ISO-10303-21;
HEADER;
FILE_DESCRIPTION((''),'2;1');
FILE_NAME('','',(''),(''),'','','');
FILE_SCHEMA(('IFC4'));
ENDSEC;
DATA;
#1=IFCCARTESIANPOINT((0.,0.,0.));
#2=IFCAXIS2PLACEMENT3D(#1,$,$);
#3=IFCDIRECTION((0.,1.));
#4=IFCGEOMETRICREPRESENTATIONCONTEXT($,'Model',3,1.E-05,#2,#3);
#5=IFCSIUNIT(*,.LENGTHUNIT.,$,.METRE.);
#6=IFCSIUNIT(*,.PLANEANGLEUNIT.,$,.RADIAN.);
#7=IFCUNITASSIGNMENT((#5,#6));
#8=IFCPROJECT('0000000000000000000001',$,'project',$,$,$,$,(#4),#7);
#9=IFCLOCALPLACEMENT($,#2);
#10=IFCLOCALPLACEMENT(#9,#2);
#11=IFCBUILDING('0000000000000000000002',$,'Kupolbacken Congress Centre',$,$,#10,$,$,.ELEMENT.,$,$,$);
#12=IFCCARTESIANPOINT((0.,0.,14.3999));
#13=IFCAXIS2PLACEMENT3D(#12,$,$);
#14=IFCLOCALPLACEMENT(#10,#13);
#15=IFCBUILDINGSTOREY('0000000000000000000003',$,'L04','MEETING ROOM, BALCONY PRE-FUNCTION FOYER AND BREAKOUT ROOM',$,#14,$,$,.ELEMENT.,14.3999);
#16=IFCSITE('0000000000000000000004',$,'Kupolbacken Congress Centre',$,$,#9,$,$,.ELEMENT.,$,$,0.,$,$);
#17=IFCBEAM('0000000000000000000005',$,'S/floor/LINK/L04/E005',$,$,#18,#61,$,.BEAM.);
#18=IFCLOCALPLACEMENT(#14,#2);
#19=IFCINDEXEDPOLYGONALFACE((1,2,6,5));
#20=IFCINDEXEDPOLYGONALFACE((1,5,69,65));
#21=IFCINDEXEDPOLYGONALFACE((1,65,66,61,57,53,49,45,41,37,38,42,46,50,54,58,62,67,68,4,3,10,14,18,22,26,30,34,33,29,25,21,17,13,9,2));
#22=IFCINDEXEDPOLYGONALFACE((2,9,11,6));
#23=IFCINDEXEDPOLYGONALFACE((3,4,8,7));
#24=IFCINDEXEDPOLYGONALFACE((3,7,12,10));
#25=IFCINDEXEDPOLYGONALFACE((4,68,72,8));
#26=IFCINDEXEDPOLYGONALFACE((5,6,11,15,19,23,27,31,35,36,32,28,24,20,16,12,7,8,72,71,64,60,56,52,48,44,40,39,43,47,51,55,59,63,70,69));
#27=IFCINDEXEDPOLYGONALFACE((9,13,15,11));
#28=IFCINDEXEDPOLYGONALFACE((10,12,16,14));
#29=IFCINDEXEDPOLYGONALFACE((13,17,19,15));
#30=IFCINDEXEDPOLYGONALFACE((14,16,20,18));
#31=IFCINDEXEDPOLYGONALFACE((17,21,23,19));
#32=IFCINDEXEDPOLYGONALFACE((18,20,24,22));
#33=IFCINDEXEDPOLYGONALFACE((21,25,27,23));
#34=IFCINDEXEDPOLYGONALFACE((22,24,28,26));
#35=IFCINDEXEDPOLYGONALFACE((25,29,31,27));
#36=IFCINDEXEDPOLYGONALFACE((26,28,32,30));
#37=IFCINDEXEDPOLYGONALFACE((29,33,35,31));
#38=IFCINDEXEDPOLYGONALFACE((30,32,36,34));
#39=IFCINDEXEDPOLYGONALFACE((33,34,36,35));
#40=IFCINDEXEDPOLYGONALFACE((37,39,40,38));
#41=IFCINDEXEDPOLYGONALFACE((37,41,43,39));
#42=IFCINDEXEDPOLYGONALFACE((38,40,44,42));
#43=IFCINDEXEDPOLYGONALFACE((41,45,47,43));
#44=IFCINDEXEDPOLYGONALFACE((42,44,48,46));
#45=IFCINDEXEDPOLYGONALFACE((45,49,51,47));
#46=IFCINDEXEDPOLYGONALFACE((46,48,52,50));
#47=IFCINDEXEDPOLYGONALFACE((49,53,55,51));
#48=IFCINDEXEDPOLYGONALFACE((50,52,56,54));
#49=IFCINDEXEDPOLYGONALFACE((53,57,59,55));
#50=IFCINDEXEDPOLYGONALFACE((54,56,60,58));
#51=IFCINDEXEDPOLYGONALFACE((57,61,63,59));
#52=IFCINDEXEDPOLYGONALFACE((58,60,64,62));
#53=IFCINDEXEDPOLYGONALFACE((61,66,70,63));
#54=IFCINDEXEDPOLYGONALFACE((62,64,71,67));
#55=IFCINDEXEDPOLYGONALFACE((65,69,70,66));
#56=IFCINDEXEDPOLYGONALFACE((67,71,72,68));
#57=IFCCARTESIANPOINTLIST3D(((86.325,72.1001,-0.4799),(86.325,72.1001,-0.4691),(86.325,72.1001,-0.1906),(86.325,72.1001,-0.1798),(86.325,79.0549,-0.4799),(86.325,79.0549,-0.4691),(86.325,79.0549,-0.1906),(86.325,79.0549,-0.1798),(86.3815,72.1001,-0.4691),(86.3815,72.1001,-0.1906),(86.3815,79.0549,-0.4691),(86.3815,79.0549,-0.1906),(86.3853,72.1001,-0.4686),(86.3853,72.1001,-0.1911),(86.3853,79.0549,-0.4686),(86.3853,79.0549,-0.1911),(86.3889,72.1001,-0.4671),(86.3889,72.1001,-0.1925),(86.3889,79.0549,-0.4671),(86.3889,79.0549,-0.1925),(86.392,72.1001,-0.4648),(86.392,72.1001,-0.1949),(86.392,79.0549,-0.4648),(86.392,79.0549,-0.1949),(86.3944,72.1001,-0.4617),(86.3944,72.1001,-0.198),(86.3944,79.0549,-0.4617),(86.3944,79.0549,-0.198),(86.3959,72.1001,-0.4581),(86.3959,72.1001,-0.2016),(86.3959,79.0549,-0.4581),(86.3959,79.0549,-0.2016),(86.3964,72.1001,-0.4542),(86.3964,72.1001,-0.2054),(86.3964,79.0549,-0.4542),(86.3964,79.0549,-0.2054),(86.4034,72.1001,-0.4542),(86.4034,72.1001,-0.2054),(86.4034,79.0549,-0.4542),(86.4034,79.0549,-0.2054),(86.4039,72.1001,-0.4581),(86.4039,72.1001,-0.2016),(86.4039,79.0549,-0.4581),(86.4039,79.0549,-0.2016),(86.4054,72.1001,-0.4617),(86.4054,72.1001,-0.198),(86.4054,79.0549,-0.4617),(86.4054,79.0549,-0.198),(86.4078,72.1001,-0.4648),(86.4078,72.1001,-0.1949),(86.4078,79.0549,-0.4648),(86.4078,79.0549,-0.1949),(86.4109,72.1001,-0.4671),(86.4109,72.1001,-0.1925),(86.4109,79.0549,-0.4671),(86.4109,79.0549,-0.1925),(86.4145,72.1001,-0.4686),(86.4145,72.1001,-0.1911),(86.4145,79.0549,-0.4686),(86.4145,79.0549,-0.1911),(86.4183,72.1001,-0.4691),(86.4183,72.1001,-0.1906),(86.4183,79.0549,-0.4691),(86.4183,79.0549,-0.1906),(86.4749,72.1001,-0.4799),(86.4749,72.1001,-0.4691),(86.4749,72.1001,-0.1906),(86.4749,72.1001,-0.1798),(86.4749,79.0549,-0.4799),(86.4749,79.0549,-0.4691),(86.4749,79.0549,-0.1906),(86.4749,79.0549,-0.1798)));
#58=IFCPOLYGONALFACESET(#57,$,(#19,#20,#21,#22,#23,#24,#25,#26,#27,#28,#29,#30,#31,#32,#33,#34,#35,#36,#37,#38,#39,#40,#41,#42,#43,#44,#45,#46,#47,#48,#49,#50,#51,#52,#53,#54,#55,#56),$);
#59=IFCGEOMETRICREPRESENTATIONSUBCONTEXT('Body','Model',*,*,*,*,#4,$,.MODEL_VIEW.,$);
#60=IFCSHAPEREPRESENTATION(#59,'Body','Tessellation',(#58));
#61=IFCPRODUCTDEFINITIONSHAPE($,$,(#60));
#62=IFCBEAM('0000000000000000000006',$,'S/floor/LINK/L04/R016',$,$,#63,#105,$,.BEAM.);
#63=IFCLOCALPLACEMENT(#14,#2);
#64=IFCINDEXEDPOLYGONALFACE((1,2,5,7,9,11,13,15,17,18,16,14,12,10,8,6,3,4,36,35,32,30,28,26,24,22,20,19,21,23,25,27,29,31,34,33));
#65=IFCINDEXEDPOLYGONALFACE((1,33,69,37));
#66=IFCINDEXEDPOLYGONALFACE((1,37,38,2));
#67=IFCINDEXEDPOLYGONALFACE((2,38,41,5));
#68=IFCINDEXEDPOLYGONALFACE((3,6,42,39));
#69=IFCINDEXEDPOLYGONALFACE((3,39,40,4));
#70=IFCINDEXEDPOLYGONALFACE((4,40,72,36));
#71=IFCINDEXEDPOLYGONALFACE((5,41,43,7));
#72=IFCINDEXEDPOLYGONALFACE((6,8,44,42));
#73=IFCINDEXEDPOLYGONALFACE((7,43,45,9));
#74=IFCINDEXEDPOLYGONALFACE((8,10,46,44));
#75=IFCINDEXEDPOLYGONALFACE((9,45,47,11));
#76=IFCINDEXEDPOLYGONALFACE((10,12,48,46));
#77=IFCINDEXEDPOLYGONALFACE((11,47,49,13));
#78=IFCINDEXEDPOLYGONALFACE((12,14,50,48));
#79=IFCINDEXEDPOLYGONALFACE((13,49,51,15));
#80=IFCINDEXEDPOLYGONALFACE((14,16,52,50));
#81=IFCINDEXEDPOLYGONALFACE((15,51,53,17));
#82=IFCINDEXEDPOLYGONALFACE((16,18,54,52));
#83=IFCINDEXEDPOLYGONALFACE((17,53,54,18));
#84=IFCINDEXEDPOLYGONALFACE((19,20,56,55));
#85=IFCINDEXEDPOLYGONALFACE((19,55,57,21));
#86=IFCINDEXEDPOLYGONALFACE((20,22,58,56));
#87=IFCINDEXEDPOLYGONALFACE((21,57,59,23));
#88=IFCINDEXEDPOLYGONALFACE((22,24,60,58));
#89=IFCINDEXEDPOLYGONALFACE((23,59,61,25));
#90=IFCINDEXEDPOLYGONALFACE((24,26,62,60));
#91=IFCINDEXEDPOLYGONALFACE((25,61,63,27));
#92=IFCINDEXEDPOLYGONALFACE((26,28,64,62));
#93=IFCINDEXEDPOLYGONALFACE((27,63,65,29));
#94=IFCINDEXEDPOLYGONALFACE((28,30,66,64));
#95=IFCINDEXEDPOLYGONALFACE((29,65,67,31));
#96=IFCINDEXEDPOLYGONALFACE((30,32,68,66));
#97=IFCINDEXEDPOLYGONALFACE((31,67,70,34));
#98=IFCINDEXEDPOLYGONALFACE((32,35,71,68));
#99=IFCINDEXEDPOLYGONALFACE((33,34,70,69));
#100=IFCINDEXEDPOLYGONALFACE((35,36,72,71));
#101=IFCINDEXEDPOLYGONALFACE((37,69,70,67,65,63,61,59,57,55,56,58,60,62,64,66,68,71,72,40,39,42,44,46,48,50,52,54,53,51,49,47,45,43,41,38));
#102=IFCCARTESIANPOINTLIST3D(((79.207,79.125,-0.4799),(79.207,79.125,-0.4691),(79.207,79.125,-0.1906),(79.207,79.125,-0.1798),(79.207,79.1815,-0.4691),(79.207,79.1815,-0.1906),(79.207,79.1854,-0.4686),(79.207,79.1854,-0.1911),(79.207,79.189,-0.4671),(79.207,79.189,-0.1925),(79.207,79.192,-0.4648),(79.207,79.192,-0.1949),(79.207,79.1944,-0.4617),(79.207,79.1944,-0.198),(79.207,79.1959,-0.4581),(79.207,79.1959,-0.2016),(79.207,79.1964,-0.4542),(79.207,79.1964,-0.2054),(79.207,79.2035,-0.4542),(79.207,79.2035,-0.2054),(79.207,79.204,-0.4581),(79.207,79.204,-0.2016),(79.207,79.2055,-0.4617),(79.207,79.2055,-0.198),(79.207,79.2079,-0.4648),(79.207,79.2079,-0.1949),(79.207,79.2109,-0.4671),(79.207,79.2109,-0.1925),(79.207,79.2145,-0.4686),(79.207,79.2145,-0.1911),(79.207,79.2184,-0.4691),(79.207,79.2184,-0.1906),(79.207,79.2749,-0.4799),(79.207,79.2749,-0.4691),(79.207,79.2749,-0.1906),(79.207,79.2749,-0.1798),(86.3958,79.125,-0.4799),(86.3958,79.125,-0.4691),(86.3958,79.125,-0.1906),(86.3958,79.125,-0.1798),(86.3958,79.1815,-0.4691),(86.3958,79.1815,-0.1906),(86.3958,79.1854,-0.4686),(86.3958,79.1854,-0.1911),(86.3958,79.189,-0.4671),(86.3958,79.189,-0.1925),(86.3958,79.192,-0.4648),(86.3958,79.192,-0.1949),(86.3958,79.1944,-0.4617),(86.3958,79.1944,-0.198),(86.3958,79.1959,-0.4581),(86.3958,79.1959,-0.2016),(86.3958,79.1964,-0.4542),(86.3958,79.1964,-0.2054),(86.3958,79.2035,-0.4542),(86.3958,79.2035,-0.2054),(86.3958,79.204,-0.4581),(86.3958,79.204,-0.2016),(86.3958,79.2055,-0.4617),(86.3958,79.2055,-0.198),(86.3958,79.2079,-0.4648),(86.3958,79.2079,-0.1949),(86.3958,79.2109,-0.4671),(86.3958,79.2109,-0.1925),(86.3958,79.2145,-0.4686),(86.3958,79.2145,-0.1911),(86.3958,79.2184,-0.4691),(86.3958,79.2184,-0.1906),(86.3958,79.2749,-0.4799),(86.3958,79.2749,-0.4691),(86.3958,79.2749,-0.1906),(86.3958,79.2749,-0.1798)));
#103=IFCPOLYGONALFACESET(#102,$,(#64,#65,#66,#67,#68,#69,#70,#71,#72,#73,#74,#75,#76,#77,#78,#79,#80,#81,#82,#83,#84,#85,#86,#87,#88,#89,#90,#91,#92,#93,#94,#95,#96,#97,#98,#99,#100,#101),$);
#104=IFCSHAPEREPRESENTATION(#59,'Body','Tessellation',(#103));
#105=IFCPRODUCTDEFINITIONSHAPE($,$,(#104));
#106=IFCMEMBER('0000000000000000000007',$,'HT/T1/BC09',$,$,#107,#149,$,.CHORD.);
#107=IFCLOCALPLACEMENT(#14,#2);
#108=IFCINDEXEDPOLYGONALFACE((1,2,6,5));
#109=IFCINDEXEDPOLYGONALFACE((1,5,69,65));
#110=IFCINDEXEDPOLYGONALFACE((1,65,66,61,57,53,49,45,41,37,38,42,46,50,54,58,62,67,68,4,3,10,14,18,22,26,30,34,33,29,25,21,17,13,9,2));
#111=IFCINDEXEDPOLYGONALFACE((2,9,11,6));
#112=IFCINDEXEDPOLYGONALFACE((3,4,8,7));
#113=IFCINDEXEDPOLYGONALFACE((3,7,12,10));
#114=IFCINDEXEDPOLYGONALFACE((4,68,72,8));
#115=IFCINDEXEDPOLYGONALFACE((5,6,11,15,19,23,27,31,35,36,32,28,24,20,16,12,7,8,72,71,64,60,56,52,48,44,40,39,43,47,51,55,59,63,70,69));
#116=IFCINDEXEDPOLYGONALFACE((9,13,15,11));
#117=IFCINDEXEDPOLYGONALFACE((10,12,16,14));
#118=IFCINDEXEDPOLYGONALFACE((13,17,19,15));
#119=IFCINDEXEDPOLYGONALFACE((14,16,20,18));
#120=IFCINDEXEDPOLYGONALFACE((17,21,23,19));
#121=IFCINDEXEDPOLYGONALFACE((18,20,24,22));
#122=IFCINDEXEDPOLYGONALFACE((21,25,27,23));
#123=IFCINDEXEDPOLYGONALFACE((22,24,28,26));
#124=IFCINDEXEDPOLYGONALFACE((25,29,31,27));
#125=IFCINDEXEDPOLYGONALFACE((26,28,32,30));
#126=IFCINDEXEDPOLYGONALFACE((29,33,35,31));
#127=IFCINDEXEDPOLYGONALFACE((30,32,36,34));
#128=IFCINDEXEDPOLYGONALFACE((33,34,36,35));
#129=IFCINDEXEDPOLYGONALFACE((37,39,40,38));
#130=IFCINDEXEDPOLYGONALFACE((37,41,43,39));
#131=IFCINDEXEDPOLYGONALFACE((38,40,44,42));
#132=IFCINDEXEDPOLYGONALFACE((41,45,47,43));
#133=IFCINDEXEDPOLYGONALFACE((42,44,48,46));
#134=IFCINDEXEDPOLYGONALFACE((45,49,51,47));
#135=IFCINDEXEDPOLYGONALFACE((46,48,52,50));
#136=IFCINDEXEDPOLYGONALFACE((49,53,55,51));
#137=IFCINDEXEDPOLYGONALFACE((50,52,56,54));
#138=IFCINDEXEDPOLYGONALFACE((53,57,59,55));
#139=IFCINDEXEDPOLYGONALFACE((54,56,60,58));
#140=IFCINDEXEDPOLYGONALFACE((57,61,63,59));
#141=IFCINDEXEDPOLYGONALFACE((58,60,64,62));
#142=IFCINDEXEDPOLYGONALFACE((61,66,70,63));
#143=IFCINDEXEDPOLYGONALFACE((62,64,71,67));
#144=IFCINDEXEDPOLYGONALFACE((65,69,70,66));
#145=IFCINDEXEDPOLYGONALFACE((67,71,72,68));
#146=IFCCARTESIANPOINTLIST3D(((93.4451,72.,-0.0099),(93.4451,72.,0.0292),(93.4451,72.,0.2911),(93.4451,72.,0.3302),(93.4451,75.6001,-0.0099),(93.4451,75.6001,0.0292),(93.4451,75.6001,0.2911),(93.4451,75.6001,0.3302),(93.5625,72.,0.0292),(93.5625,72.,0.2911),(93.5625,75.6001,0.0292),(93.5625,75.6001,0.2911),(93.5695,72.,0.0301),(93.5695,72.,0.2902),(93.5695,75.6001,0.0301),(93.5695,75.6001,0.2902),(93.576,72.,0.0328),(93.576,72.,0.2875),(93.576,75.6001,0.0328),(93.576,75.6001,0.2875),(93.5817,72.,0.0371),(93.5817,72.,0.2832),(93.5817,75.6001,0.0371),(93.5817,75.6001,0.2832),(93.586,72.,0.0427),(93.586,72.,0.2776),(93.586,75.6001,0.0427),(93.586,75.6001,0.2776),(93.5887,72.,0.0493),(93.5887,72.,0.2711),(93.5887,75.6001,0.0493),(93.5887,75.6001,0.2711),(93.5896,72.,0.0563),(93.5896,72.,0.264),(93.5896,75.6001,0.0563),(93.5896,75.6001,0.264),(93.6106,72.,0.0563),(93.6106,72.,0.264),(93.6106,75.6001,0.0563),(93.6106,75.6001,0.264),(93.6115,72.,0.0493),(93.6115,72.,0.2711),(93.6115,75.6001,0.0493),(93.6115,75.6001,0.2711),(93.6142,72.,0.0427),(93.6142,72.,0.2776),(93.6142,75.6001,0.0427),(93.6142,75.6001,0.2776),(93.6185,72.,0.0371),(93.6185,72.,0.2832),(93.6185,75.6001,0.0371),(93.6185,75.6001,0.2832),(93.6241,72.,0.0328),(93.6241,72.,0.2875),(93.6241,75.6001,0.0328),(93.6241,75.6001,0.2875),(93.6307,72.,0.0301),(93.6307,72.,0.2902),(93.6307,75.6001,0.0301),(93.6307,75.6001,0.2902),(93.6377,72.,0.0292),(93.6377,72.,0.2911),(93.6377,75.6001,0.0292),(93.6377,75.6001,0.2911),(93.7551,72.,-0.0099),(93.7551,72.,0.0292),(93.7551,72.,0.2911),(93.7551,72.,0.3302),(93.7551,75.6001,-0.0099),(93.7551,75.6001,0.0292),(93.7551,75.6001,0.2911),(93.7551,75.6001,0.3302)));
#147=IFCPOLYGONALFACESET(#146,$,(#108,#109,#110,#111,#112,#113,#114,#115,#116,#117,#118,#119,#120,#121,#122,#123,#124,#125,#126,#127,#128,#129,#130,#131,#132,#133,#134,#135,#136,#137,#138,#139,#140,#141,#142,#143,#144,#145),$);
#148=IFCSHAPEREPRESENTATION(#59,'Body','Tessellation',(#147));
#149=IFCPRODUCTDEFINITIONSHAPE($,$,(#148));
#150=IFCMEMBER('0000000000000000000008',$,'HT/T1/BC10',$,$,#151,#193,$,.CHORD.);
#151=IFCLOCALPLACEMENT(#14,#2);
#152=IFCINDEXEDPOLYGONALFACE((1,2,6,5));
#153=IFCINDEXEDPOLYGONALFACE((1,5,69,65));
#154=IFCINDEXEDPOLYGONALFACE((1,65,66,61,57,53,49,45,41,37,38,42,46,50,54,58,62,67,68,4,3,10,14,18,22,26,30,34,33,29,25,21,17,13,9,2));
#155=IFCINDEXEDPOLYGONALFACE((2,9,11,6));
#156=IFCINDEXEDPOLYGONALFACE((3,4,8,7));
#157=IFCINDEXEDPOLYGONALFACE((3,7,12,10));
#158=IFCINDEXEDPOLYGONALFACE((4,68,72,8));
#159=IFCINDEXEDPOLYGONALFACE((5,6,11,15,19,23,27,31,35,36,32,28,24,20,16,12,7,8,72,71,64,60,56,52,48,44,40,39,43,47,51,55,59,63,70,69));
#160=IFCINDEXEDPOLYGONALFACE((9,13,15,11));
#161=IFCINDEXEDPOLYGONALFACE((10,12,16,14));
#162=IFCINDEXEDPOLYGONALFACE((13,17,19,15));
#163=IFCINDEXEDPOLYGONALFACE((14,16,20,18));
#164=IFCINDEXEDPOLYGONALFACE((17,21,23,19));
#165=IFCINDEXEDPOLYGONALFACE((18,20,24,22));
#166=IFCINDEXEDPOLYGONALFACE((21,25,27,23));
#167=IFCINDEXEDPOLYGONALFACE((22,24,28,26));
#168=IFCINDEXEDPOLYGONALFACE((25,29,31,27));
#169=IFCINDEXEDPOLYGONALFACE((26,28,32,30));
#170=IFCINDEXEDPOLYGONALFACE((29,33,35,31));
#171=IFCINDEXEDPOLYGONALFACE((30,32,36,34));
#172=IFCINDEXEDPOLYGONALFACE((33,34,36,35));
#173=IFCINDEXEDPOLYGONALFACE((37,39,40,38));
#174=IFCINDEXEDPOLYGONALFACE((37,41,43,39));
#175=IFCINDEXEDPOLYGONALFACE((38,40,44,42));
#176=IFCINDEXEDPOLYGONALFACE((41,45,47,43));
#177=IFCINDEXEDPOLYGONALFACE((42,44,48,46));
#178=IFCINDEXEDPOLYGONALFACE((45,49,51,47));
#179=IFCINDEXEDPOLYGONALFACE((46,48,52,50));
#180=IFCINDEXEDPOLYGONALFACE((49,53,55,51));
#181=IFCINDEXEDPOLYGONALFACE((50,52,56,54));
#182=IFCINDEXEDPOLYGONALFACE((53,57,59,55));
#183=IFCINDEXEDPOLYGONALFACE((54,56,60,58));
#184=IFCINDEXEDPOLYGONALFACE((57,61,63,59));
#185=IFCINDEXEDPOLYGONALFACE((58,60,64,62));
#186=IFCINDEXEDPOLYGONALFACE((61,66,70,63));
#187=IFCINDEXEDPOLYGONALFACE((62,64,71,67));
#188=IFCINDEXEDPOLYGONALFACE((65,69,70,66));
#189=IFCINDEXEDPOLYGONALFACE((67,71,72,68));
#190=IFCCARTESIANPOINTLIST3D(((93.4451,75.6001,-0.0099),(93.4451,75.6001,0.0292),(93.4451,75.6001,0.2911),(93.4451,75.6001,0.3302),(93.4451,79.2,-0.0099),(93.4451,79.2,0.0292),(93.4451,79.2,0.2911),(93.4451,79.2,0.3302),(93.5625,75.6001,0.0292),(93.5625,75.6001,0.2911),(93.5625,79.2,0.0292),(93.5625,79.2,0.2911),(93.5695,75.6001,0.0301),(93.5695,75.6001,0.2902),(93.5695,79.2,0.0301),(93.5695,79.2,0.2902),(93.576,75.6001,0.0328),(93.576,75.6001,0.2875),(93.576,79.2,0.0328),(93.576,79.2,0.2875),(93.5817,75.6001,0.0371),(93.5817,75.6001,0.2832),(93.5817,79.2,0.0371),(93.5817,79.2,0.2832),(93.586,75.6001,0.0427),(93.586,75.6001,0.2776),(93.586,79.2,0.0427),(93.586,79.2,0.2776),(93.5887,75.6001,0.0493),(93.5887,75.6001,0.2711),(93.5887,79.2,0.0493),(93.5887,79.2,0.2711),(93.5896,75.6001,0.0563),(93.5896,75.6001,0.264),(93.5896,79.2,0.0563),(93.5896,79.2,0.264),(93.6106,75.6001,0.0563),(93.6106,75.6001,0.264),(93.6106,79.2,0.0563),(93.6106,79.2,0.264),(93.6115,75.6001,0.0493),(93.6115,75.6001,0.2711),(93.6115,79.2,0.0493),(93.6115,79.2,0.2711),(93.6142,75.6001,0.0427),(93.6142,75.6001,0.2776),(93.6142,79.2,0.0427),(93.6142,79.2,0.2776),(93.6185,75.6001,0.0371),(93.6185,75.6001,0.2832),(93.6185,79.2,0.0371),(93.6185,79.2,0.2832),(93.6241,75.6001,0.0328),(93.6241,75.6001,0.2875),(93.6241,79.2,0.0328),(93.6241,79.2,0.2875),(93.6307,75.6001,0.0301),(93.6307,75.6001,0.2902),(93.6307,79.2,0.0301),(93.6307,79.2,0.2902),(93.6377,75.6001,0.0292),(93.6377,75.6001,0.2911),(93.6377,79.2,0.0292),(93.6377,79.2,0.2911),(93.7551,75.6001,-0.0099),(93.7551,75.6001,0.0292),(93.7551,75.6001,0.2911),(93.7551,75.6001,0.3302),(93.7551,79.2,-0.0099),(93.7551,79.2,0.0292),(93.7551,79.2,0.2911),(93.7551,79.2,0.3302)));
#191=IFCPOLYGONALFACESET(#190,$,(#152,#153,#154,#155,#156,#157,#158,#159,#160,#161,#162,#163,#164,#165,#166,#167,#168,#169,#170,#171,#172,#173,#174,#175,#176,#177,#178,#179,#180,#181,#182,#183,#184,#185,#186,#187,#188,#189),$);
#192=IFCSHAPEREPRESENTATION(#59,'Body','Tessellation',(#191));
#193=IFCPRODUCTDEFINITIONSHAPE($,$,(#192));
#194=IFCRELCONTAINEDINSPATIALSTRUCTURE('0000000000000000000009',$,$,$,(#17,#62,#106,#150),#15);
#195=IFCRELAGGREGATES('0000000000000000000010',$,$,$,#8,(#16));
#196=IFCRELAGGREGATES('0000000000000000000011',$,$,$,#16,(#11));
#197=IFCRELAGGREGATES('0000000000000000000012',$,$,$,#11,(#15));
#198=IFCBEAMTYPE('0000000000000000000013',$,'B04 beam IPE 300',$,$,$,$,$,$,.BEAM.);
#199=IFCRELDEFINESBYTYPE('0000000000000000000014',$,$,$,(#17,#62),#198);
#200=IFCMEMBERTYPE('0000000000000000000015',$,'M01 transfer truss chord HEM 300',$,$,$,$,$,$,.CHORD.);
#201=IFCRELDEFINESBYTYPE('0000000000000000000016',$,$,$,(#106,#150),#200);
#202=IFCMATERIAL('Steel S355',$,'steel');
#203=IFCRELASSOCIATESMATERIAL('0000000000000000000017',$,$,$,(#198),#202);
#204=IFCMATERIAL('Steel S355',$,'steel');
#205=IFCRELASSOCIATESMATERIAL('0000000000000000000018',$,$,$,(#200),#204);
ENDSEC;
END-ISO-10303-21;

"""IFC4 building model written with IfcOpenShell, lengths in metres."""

from ifc_helpers import new_model, si_unit, direction, frame, origin, origin_2d, place, context, subcontext, project, spatial, i_section, extrude, material, material_profile, profile_set, type_object, element, save


model = new_model("IFC4")

# Units and contexts
model_context = context("Model", 3, precision=1e-05, world=origin(), true_north=direction((0.0, 1.0)))
body_context = subcontext(model_context, "Body", "Model", "MODEL_VIEW")
ifc_project = project(units=[si_unit("LENGTHUNIT", "METRE"), si_unit("PLANEANGLEUNIT", "RADIAN")], contexts=[model_context])

# Site, building, storey
site_placement = place(None, origin())
site = spatial("IfcSite", under=ifc_project, at=site_placement, Name="Kupolbacken Congress Centre", CompositionType="ELEMENT", RefElevation=0.0)
building_placement = place(site_placement, origin())
building = spatial("IfcBuilding", under=site, at=building_placement, Name="Kupolbacken Congress Centre", CompositionType="ELEMENT")
storey_placement = place(building_placement, frame((0.0, 0.0, 14.3999)))
storey = spatial("IfcBuildingStorey", under=building, at=storey_placement, Name="L04", Description="MEETING ROOM, BALCONY PRE-FUNCTION FOYER AND BREAKOUT ROOM", CompositionType="ELEMENT", Elevation=14.3999)

# Beams
ifc_material_1 = material(Name="Steel S355", Category="steel")
ifc_material_profile_1 = material_profile(ifc_material_1, i_section(OverallWidth=0.1499, OverallDepth=0.3, WebThickness=0.0071, FlangeThickness=0.0107, FilletRadius=0.0149, at=origin_2d()), Name="IPE 300")
ifc_profile_set_1 = profile_set([ifc_material_profile_1], Name="Steel S355")
beam_type_1 = type_object("IfcBeamType", Name="B04 beam IPE 300", PredefinedType="BEAM", material=ifc_profile_set_1)
beam_1_placement = place(storey_placement, frame((86.3999, 72.1001, -0.3298), z_axis=(0.0, 1.0, 0.0), x_axis=(-1.0, 0.0, 0.0)))
element("IfcBeam", 1, at=beam_1_placement, inside=storey, type_object=beam_type_1, Name="S/floor/LINK/L04/E005", PredefinedType="BEAM", context=body_context, shape_type="SweptSolid", body=[
    extrude(i_section(OverallWidth=0.1499, OverallDepth=0.3, WebThickness=0.0071, FlangeThickness=0.0107, FilletRadius=0.0149, at=origin_2d()), origin(), (0.0, 0.0, 1.0), 6.9548),
])
beam_2_placement = place(storey_placement, frame((79.207, 79.2, -0.3298), z_axis=(1.0, 0.0, 0.0), x_axis=(0.0, 1.0, 0.0)))
element("IfcBeam", 2, at=beam_2_placement, inside=storey, type_object=beam_type_1, Name="S/floor/LINK/L04/R016", PredefinedType="BEAM", context=body_context, shape_type="SweptSolid", body=[
    extrude(i_section(OverallWidth=0.1499, OverallDepth=0.3, WebThickness=0.0071, FlangeThickness=0.0107, FilletRadius=0.0149, at=origin_2d()), origin(), (0.0, 0.0, 1.0), 7.1887),
])

# Members
ifc_material_2 = material(Name="Steel S355", Category="steel")
ifc_material_profile_2 = material_profile(ifc_material_2, i_section(OverallWidth=0.3101, OverallDepth=0.3401, WebThickness=0.021, FlangeThickness=0.0391, FilletRadius=0.0271, at=origin_2d()), Name="HEM 300")
ifc_profile_set_2 = profile_set([ifc_material_profile_2], Name="Steel S355")
member_type_1 = type_object("IfcMemberType", Name="M01 transfer truss chord HEM 300", PredefinedType="CHORD", material=ifc_profile_set_2)
member_1_placement = place(storey_placement, frame((93.6001, 72.0, 0.1602), z_axis=(0.0, 1.0, 0.0), x_axis=(-1.0, 0.0, 0.0)))
element("IfcMember", 3, at=member_1_placement, inside=storey, type_object=member_type_1, Name="HT/T1/BC09", PredefinedType="CHORD", context=body_context, shape_type="SweptSolid", body=[
    extrude(i_section(OverallWidth=0.3101, OverallDepth=0.3401, WebThickness=0.021, FlangeThickness=0.0391, FilletRadius=0.0271, at=origin_2d()), origin(), (0.0, 0.0, 1.0), 3.6001),
])
member_2_placement = place(storey_placement, frame((93.6001, 75.6001, 0.1602), z_axis=(0.0, 1.0, 0.0), x_axis=(-1.0, 0.0, 0.0)))
element("IfcMember", 4, at=member_2_placement, inside=storey, type_object=member_type_1, Name="HT/T1/BC10", PredefinedType="CHORD", context=body_context, shape_type="SweptSolid", body=[
    extrude(i_section(OverallWidth=0.3101, OverallDepth=0.3401, WebThickness=0.021, FlangeThickness=0.0391, FilletRadius=0.0271, at=origin_2d()), origin(), (0.0, 0.0, 1.0), 3.5999),
])

save(model, "model.ifc")
